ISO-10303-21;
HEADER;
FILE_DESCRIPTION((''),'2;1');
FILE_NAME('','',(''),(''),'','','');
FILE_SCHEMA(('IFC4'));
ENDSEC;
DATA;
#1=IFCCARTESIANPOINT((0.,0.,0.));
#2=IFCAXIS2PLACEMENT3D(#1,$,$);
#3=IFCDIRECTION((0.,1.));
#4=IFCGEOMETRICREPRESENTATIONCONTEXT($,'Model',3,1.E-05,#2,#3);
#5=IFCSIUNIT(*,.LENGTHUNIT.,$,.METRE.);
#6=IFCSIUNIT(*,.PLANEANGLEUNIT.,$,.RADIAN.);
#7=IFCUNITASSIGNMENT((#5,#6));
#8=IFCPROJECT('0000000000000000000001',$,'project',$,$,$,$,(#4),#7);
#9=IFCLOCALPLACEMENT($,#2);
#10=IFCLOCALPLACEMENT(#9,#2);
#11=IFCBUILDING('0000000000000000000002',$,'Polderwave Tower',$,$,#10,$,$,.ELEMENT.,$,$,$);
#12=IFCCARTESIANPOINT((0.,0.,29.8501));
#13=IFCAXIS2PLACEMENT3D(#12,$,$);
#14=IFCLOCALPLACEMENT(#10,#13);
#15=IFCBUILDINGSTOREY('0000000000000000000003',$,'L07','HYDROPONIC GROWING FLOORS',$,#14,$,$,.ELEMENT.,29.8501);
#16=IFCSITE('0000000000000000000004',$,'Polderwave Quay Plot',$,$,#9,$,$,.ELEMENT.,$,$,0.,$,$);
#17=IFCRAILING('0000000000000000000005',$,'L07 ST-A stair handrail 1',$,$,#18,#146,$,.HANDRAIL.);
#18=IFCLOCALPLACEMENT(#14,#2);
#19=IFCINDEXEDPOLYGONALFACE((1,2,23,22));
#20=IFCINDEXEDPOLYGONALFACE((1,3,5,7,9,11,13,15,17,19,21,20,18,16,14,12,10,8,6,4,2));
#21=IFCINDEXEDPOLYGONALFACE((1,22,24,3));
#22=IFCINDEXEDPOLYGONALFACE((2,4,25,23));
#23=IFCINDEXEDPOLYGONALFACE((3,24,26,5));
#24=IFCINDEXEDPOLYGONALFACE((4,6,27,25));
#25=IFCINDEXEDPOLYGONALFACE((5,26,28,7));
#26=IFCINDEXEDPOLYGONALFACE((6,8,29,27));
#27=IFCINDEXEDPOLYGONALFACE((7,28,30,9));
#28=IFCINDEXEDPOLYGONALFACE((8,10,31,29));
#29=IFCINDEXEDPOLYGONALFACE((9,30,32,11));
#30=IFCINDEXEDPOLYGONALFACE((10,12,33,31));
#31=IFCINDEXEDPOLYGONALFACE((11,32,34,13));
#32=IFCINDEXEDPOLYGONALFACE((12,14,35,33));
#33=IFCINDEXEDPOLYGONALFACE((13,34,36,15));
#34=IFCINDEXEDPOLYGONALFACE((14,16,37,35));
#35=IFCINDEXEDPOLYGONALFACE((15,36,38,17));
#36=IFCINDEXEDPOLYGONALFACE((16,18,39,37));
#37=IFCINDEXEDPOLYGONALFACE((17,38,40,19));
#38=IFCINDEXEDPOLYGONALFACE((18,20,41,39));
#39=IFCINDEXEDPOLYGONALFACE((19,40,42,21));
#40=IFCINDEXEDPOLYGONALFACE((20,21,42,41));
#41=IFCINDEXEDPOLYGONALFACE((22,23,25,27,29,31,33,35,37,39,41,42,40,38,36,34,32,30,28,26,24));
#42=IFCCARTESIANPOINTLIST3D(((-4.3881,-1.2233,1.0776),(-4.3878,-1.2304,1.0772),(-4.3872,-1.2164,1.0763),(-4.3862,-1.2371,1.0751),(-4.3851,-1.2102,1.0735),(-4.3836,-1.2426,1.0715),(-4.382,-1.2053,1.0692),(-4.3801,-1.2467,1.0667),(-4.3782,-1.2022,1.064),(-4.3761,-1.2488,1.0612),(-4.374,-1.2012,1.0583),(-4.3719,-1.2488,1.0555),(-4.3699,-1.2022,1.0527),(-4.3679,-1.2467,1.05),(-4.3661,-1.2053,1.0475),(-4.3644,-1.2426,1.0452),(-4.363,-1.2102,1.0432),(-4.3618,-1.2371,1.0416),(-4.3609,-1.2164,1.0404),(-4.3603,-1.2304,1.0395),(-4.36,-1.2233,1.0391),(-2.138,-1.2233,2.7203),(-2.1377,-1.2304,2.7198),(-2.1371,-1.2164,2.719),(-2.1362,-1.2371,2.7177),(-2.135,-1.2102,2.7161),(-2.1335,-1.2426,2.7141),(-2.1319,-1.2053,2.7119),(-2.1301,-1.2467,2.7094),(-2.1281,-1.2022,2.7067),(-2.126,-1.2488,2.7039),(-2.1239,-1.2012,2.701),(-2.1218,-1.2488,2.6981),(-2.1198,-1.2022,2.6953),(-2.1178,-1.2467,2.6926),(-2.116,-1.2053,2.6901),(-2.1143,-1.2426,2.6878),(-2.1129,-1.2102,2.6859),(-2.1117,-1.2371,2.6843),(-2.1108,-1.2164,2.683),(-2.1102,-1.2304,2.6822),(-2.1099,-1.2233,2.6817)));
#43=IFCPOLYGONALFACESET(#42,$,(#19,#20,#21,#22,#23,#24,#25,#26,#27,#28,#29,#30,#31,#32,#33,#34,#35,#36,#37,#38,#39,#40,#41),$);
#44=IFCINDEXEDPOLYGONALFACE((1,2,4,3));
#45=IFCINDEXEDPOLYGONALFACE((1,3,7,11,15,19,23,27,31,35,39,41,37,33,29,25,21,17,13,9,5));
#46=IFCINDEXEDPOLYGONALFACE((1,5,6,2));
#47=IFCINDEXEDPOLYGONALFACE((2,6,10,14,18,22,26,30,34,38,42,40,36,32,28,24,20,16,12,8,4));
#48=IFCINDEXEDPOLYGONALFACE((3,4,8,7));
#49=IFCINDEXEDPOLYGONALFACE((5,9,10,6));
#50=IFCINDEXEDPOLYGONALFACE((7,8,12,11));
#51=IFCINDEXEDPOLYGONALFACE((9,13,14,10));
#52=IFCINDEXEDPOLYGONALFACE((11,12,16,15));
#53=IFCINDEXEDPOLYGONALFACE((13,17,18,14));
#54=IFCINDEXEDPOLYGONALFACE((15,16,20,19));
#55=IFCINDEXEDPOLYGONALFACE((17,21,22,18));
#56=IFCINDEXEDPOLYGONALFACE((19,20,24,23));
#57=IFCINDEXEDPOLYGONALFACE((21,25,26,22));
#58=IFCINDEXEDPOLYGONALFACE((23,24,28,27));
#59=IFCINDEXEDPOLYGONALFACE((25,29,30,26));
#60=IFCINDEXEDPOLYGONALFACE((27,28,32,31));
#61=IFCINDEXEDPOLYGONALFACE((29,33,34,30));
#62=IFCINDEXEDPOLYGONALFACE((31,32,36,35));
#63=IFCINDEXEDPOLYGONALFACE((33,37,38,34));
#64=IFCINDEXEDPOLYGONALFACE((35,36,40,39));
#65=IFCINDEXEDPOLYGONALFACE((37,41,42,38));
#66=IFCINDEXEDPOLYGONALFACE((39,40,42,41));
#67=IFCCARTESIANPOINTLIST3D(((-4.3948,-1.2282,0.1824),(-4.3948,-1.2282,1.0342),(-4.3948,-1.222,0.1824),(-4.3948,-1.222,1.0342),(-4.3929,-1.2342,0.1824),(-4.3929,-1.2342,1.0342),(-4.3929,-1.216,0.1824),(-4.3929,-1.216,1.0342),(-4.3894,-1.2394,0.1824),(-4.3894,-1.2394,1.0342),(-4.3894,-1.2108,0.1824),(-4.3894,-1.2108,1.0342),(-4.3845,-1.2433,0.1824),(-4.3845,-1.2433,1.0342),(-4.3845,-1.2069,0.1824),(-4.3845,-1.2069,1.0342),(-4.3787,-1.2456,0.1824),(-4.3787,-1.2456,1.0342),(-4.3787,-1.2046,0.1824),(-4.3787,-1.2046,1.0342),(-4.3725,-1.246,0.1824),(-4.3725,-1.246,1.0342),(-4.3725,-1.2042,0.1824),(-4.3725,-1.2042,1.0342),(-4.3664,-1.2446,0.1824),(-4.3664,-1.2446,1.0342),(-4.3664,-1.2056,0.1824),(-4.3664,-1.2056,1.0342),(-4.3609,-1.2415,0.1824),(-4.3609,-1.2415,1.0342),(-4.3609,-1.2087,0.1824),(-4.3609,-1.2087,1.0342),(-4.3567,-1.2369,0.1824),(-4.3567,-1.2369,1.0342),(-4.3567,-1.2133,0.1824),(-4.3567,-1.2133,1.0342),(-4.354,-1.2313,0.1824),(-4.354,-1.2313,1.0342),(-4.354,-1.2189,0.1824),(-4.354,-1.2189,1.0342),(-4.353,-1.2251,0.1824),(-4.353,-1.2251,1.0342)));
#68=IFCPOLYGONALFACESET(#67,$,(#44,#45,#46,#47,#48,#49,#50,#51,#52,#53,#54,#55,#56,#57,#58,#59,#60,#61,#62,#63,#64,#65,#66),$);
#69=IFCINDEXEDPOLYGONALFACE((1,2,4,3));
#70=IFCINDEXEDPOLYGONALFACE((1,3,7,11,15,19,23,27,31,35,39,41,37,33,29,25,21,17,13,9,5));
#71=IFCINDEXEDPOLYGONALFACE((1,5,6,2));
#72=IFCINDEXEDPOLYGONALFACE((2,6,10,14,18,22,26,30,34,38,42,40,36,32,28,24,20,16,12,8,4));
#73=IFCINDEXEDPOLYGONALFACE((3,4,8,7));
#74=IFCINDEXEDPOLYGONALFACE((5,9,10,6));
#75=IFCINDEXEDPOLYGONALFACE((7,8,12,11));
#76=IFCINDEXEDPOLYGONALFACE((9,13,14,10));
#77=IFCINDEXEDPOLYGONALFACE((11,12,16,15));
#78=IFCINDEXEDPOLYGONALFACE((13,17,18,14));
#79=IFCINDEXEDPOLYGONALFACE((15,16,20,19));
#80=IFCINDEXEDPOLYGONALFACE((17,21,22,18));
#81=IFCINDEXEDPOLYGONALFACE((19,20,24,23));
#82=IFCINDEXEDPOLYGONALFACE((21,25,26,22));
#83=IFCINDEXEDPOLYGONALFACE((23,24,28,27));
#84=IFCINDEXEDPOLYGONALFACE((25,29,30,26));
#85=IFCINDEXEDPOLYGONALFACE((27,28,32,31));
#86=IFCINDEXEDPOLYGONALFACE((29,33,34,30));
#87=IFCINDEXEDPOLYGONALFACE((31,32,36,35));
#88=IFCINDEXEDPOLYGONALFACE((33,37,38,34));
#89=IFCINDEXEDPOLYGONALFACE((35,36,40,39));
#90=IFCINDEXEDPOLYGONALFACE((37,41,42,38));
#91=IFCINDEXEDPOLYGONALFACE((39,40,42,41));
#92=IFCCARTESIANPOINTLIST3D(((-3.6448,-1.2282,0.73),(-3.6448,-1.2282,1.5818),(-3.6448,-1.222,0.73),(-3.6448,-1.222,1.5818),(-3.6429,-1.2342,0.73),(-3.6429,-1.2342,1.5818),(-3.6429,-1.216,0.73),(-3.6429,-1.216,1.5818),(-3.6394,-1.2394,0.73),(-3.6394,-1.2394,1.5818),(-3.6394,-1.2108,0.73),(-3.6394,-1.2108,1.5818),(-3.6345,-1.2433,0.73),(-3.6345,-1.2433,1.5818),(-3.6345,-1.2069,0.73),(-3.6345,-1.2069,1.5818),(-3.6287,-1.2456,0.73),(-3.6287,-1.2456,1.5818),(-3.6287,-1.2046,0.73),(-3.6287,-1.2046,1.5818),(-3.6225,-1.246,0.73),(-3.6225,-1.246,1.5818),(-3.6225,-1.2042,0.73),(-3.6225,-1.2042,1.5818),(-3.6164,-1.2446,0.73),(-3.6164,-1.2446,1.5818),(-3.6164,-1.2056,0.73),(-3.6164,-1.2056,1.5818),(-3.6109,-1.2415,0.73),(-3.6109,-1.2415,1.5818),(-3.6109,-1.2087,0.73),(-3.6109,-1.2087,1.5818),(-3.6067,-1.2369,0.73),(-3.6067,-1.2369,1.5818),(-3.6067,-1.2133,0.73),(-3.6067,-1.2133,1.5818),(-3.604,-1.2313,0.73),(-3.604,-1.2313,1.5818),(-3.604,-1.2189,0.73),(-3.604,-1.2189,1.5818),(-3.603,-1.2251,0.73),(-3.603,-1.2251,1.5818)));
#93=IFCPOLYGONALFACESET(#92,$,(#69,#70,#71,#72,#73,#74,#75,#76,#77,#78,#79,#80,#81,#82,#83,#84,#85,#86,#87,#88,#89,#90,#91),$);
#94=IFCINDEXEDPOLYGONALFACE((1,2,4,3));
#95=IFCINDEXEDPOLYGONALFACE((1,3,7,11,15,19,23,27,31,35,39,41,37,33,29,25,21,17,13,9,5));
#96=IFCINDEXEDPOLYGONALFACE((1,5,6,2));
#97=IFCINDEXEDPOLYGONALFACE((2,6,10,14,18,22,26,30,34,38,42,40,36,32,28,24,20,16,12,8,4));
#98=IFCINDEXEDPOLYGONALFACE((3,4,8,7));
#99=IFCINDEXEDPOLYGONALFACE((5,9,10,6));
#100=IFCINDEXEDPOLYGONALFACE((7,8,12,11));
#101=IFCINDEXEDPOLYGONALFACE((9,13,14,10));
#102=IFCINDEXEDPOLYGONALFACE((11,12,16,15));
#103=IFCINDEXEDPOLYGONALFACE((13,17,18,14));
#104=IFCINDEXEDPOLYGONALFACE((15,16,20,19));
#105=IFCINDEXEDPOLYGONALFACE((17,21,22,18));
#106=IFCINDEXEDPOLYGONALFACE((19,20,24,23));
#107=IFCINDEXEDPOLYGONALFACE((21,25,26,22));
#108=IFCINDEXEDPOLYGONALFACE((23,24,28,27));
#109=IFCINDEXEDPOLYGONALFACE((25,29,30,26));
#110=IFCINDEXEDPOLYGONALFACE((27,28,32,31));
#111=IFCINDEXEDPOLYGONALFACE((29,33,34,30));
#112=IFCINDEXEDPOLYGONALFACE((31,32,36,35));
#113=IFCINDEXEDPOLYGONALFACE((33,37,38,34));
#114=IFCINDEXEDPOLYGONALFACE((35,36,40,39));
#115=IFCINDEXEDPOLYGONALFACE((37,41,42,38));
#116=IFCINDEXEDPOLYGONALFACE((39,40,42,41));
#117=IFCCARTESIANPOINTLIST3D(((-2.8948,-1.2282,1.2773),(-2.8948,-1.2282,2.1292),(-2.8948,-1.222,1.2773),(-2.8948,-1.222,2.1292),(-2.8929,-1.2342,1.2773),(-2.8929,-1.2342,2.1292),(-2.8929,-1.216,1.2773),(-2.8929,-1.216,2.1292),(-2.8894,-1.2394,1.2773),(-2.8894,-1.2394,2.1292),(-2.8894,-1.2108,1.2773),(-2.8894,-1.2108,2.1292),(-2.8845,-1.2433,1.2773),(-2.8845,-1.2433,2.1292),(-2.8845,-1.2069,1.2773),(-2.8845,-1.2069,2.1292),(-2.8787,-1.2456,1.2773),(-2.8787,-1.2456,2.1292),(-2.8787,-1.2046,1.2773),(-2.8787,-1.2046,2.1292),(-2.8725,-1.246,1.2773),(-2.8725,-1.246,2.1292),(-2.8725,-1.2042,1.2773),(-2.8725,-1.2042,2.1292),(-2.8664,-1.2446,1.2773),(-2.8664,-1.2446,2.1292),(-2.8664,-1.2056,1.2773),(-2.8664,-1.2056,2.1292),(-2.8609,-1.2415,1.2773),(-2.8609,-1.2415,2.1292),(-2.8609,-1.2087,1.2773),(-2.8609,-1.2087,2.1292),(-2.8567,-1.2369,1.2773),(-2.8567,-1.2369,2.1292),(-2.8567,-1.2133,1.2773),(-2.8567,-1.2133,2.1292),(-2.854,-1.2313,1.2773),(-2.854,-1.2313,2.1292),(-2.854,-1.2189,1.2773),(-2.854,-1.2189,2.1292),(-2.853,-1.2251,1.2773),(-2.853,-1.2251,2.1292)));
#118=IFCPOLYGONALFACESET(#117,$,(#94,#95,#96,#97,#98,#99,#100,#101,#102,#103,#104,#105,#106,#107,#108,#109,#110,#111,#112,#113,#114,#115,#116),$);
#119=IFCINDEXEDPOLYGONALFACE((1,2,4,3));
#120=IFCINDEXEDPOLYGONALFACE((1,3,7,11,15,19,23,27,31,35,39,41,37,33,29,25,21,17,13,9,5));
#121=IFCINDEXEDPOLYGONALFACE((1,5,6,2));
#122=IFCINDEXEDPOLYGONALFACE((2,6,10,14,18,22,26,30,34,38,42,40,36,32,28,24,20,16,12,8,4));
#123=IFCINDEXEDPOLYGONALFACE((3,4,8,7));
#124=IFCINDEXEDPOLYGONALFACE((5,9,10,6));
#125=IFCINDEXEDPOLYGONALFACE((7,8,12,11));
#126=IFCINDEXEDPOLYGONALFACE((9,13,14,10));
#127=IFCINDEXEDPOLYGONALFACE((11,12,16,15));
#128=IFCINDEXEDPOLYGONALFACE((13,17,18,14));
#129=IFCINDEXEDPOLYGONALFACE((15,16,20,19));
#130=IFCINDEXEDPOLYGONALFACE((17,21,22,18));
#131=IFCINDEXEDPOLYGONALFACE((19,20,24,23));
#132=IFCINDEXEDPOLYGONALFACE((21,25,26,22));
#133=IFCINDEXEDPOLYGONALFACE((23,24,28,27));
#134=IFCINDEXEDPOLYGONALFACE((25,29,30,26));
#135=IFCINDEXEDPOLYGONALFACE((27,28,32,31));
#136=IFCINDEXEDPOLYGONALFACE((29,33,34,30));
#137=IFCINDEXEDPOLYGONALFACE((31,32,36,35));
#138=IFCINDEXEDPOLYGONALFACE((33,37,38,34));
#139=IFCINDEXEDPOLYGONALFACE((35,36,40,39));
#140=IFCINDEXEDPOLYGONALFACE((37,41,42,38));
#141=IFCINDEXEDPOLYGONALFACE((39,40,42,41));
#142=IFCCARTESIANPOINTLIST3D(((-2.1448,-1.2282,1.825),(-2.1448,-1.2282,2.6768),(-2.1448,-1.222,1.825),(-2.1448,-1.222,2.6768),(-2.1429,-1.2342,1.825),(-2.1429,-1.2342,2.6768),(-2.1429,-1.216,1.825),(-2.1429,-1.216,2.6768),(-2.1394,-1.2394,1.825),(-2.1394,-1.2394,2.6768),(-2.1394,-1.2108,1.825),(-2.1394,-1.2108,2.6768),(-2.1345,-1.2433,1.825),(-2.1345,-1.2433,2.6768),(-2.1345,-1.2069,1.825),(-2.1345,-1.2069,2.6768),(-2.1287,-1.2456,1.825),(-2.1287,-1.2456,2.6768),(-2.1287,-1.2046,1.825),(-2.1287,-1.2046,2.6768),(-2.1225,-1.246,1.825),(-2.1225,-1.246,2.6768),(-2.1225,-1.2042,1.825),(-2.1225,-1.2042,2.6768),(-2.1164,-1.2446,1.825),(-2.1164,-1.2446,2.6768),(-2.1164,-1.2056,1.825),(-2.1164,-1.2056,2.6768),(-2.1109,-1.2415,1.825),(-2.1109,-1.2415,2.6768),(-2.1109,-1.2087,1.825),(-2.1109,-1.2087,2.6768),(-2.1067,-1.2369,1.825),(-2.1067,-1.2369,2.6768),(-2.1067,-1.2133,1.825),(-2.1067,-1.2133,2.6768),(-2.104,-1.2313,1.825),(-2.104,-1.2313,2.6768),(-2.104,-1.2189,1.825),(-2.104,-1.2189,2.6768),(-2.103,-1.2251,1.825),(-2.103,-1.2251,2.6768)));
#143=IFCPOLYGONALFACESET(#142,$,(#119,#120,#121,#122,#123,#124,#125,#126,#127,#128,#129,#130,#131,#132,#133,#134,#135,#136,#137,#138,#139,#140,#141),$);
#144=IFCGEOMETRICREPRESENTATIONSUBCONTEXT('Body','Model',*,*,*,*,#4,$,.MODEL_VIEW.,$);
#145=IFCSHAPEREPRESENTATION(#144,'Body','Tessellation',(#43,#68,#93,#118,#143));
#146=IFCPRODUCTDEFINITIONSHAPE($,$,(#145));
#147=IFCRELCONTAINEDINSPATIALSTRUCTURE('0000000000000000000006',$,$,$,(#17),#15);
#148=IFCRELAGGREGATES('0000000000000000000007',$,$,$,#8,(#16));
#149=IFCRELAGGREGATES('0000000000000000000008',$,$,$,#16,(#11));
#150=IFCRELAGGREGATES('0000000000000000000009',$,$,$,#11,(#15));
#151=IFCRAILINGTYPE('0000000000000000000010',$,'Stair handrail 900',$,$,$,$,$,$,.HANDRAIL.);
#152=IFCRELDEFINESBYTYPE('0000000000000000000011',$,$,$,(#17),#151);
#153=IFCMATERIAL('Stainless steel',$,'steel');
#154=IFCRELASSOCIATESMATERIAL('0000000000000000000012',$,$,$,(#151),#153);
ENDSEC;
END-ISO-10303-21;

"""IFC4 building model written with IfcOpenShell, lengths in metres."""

from ifc_helpers import new_model, si_unit, direction, frame, origin, origin_2d, place, context, subcontext, project, spatial, circle, extrude, material, type_object, element, save


model = new_model("IFC4")

# Units and contexts
model_context = context("Model", 3, precision=1e-05, world=origin(), true_north=direction((0.0, 1.0)))
body_context = subcontext(model_context, "Body", "Model", "MODEL_VIEW")
ifc_project = project(units=[si_unit("LENGTHUNIT", "METRE"), si_unit("PLANEANGLEUNIT", "RADIAN")], contexts=[model_context])

# Site, building, storey
site_placement = place(None, origin())
site = spatial("IfcSite", under=ifc_project, at=site_placement, Name="Polderwave Quay Plot", CompositionType="ELEMENT", RefElevation=0.0)
building_placement = place(site_placement, origin())
building = spatial("IfcBuilding", under=site, at=building_placement, Name="Polderwave Tower", CompositionType="ELEMENT")
storey_placement = place(building_placement, frame((0.0, 0.0, 29.8501)))
storey = spatial("IfcBuildingStorey", under=building, at=storey_placement, Name="L07", Description="HYDROPONIC GROWING FLOORS", CompositionType="ELEMENT", Elevation=29.8501)

# Railing
ifc_material_1 = material(Name="Stainless steel", Category="steel")
railing_type_1 = type_object("IfcRailingType", Name="Stair handrail 900", PredefinedType="HANDRAIL", material=ifc_material_1)
railing_1_placement = place(storey_placement, frame((-4.374, -1.2251, 0.1824)))
element("IfcRailing", 1, at=railing_1_placement, inside=storey, type_object=railing_type_1, Name="L07 ST-A stair handrail 1", PredefinedType="HANDRAIL", context=body_context, shape_type="SweptSolid", body=[
    extrude(circle(Radius=0.0239, at=origin_2d()), frame((0.0, 0.0, 0.876), z_axis=(0.807674, 0.0, 0.58963), x_axis=(0.0, 1.0, 0.0)), (0.0, 0.0, 1.0), 2.7859),
    extrude(circle(Radius=0.021, at=origin_2d()), origin(), (0.0, 0.0, 1.0), 0.8518),
    extrude(circle(Radius=0.021, at=origin_2d()), frame((0.75, 0.0, 0.5476)), (0.0, 0.0, 1.0), 0.8518),
    extrude(circle(Radius=0.021, at=origin_2d()), frame((1.5, 0.0, 1.095)), (0.0, 0.0, 1.0), 0.8518),
    extrude(circle(Radius=0.021, at=origin_2d()), frame((2.25, 0.0, 1.6426)), (0.0, 0.0, 1.0), 0.8518),
])

save(model, "model.ifc")
